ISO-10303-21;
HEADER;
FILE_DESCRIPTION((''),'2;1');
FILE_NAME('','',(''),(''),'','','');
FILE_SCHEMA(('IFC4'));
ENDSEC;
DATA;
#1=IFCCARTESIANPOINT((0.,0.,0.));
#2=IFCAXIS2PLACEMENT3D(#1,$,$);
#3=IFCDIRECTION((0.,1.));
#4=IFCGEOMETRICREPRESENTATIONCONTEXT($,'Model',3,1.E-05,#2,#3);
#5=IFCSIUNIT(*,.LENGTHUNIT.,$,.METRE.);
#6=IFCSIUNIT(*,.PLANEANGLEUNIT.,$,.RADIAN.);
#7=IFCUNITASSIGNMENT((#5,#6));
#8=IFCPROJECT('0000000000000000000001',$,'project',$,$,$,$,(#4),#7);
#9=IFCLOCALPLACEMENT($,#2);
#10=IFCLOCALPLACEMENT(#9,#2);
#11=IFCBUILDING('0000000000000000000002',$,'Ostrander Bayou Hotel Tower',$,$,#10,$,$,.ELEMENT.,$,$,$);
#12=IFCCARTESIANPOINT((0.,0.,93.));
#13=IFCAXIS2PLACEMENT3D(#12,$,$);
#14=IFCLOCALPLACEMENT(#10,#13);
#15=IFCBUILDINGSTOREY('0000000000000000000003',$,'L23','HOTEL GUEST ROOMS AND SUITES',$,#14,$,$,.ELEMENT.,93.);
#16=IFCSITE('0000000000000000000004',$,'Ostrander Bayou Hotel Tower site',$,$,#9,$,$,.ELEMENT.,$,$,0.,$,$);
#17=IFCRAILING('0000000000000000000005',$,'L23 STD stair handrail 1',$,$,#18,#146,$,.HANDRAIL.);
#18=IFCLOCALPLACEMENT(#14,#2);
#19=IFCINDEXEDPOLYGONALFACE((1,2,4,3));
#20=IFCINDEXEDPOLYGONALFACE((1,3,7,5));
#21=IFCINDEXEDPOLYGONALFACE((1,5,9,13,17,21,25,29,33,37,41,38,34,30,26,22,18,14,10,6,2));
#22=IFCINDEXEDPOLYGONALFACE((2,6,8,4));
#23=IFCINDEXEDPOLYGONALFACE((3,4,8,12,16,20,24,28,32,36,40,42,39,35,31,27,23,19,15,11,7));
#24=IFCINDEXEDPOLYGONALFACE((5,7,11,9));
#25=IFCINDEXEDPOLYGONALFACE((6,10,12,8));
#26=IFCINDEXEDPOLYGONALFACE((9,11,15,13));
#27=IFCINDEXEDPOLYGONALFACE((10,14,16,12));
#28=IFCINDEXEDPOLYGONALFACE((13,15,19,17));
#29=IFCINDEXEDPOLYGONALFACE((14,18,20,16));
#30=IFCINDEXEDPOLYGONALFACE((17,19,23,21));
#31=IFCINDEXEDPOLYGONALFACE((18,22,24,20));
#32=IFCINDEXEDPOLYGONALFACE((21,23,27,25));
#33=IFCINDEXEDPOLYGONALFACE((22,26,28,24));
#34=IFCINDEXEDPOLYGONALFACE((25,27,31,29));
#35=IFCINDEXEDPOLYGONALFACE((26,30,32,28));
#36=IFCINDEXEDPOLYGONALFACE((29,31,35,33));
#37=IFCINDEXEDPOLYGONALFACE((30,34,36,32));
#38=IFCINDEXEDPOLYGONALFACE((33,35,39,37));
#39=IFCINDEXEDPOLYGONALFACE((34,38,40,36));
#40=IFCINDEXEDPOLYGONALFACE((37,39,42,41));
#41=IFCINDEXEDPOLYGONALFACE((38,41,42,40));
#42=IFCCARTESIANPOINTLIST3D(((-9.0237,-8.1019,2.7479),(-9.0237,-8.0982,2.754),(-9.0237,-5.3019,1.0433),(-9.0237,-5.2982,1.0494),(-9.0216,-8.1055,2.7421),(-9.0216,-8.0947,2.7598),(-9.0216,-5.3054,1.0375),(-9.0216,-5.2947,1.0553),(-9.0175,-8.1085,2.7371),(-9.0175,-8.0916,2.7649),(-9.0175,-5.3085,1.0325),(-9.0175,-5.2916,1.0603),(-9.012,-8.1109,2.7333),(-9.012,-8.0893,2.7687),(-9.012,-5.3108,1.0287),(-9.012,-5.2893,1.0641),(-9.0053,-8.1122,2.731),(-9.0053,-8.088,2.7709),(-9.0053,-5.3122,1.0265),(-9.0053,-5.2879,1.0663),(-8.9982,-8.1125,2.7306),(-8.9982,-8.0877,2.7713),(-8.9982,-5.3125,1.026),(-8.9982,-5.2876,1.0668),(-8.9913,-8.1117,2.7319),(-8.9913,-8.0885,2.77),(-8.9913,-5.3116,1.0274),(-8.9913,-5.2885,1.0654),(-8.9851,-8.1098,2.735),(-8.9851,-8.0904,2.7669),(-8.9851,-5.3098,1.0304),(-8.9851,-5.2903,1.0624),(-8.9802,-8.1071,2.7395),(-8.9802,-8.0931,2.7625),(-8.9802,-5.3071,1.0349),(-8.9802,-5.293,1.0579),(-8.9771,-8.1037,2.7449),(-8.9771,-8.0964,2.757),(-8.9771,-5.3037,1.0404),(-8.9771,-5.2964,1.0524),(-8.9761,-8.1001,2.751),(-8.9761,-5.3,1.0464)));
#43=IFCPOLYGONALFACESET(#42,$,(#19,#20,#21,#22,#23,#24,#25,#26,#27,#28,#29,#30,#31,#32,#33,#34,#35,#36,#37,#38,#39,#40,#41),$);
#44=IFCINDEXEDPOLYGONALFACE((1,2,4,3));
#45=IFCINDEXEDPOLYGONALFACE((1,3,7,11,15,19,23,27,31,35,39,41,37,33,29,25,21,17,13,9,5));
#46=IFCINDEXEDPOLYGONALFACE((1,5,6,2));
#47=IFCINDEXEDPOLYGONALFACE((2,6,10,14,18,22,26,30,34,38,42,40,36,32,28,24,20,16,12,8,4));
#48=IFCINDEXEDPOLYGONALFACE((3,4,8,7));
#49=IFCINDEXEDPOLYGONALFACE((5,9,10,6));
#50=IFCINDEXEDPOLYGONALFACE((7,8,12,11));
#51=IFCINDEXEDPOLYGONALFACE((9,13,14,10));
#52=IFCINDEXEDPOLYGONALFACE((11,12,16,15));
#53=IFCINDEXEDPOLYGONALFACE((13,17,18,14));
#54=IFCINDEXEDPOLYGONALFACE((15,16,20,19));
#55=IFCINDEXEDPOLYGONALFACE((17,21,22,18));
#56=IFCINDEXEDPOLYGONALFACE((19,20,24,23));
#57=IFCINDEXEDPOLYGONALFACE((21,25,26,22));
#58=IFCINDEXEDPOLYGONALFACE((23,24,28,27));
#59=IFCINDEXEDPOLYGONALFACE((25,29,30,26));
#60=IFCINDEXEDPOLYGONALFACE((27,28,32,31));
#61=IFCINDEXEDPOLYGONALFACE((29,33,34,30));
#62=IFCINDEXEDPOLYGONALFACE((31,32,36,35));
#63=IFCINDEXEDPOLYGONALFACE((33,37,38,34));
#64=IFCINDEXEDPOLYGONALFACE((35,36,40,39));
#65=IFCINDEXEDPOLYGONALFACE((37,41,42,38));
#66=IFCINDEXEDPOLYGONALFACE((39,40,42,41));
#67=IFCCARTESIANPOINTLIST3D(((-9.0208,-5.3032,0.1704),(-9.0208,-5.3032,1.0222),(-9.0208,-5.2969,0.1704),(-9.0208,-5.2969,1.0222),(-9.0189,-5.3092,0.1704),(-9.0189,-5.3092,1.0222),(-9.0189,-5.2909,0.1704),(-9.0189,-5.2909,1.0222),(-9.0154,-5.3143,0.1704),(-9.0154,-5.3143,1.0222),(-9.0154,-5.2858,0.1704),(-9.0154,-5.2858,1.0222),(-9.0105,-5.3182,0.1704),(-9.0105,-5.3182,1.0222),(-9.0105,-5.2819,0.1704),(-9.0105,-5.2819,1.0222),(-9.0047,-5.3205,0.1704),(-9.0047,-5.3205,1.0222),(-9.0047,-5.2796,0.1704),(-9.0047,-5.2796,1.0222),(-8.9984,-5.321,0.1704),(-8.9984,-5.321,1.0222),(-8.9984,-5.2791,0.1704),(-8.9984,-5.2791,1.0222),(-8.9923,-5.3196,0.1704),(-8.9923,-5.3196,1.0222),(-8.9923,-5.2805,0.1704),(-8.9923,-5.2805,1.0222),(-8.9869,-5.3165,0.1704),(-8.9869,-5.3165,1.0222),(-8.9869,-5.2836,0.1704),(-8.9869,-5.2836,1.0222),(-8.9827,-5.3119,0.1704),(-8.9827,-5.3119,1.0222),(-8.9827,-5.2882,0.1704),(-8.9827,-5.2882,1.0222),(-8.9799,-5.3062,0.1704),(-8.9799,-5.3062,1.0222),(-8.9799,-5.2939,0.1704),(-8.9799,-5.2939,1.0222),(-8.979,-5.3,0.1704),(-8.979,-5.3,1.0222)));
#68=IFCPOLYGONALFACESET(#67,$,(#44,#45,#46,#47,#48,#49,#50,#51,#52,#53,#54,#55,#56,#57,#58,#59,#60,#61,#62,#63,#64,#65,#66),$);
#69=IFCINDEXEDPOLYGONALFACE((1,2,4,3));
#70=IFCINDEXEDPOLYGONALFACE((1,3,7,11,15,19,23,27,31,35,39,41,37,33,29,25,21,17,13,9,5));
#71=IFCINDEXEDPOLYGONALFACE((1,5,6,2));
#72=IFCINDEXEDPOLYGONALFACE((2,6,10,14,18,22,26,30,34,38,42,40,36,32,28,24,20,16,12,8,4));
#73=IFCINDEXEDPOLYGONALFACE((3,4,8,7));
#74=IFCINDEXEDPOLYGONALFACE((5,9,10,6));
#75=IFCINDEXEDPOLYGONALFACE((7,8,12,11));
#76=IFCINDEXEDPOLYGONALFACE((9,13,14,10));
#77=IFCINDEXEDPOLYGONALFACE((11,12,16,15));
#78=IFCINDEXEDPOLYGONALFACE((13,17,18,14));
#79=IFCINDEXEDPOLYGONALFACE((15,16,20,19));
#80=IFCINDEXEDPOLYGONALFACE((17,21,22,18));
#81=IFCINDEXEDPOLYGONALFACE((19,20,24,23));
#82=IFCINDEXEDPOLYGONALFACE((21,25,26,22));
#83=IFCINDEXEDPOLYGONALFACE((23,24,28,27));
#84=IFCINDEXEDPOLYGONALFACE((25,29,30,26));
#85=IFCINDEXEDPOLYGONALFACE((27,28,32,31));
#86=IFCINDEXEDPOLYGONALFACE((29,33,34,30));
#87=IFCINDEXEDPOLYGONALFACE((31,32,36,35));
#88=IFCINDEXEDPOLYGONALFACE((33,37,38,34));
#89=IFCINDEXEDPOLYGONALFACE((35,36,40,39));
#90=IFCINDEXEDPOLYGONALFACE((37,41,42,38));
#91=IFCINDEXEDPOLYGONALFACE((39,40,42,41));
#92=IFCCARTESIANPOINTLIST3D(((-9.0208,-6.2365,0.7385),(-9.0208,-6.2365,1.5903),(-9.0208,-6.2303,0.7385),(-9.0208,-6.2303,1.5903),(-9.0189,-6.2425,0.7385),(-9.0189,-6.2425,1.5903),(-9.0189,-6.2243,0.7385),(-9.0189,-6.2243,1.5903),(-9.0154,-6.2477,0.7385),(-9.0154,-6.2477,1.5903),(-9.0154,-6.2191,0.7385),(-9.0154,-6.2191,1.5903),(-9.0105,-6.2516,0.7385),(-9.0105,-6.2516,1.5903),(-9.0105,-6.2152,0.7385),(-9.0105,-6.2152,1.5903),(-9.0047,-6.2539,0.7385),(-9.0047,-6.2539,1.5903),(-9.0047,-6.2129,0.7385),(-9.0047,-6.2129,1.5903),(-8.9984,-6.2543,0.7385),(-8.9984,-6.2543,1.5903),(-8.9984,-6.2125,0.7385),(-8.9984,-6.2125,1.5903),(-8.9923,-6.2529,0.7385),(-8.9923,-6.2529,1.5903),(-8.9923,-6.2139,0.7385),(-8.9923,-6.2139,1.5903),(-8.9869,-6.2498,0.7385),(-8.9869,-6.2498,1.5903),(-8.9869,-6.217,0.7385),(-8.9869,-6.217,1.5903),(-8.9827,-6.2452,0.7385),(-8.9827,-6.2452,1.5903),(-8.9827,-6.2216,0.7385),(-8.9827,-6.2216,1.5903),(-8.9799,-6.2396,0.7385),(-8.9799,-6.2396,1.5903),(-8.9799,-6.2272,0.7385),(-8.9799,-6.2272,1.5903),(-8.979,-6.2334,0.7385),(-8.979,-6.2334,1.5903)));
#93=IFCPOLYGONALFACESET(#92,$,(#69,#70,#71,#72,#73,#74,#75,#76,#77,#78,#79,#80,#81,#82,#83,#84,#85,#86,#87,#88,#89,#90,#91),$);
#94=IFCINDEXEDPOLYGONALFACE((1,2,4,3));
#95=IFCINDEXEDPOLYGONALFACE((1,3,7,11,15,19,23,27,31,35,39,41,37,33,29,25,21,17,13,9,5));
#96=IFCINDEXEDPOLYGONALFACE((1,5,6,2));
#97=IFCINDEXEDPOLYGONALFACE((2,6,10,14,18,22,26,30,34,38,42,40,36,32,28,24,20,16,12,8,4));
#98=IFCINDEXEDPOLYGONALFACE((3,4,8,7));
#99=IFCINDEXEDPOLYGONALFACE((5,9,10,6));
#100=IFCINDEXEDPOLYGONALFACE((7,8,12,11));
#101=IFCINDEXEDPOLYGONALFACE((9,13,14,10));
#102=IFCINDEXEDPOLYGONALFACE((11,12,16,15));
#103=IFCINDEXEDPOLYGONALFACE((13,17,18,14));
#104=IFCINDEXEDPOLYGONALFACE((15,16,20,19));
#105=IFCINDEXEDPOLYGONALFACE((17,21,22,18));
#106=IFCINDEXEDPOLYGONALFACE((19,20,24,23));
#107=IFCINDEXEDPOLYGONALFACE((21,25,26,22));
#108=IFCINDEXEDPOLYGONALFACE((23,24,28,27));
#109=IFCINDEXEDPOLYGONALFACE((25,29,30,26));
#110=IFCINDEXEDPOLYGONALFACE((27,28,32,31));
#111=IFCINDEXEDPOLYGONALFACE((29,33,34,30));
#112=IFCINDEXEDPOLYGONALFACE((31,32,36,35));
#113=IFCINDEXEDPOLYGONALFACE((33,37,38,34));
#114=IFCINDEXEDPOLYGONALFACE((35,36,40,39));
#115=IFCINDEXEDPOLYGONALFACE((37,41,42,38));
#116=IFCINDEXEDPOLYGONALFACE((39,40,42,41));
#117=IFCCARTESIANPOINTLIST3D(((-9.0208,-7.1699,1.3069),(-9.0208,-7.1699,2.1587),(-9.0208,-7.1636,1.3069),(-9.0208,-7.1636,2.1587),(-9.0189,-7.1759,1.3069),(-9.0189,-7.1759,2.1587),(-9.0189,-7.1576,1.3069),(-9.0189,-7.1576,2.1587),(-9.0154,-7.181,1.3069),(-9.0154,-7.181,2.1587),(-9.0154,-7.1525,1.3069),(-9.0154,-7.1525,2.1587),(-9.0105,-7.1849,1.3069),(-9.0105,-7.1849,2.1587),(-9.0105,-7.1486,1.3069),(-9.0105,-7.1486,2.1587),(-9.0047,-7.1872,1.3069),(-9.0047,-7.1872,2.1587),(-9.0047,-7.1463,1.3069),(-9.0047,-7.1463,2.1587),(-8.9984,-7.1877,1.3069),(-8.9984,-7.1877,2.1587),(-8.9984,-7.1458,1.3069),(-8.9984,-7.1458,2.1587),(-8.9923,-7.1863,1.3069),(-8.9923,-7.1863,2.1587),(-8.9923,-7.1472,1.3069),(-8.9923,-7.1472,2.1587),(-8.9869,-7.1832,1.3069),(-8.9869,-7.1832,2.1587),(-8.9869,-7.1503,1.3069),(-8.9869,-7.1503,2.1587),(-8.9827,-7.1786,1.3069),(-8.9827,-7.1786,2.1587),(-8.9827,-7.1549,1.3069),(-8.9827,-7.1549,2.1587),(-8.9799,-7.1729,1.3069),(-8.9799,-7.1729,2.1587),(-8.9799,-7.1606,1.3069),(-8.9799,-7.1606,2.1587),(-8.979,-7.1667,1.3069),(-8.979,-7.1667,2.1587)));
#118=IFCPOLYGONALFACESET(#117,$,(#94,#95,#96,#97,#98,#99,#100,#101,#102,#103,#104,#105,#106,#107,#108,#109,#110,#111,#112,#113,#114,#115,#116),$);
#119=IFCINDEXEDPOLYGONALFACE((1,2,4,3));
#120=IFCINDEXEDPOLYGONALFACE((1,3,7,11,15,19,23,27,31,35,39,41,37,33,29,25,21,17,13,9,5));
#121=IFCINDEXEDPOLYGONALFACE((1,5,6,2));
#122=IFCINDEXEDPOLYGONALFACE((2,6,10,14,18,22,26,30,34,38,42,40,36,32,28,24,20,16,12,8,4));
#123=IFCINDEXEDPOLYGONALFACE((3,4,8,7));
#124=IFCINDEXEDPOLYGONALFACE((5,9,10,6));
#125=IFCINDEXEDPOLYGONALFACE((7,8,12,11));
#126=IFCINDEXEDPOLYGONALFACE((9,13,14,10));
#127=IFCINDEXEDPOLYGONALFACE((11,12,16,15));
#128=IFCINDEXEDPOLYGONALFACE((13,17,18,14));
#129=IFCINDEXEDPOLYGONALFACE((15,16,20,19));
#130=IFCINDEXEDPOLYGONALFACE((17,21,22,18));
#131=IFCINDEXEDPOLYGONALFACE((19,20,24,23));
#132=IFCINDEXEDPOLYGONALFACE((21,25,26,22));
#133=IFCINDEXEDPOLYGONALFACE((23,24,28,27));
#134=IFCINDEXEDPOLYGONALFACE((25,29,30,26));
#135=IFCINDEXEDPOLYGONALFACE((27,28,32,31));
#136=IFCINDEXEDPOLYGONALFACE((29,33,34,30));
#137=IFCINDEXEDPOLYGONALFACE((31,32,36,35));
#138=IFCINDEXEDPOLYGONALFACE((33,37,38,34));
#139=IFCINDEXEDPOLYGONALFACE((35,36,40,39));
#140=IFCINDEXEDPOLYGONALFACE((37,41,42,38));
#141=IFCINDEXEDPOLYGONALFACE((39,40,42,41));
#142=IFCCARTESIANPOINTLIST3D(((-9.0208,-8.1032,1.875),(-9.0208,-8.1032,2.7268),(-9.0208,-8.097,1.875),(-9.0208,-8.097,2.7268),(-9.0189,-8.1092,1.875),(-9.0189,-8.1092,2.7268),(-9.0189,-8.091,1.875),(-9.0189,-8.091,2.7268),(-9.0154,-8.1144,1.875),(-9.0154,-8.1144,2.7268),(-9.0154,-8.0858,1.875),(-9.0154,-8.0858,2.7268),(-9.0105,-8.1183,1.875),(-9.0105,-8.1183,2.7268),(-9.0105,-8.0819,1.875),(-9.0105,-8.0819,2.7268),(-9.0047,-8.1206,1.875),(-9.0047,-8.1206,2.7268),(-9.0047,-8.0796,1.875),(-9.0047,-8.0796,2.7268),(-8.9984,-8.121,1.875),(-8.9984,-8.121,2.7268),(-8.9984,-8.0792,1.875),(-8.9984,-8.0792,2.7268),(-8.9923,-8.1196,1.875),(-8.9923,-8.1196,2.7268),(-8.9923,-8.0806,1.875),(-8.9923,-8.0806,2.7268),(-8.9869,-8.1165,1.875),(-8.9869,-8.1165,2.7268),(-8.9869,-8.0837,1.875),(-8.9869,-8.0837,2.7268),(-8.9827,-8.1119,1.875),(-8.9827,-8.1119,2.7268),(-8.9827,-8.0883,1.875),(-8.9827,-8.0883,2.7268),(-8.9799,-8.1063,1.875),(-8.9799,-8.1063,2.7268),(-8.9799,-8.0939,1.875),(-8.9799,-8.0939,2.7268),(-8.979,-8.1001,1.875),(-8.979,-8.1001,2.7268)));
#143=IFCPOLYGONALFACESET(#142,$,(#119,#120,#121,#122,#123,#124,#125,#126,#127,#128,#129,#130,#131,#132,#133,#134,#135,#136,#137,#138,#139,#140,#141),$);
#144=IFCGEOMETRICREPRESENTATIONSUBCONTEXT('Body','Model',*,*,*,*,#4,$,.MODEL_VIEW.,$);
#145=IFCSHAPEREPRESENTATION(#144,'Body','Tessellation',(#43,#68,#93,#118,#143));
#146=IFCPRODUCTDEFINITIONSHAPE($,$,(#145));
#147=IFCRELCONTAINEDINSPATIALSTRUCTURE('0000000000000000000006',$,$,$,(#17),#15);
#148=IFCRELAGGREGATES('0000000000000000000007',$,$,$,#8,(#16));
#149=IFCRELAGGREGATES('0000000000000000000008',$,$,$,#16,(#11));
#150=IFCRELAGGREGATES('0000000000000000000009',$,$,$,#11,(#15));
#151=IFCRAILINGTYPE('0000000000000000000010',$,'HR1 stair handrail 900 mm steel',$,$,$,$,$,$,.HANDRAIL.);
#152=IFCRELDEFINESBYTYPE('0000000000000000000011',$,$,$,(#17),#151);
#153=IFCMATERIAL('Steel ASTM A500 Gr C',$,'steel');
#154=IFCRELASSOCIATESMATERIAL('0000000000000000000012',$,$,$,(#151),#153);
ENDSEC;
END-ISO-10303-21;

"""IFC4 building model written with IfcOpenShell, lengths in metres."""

from ifc_helpers import new_model, si_unit, direction, frame, origin, origin_2d, place, context, subcontext, project, spatial, circle, extrude, material, type_object, element, save


model = new_model("IFC4")

# Units and contexts
model_context = context("Model", 3, precision=1e-05, world=origin(), true_north=direction((0.0, 1.0)))
body_context = subcontext(model_context, "Body", "Model", "MODEL_VIEW")
ifc_project = project(units=[si_unit("LENGTHUNIT", "METRE"), si_unit("PLANEANGLEUNIT", "RADIAN")], contexts=[model_context])

# Site, building, storey
site_placement = place(None, origin())
site = spatial("IfcSite", under=ifc_project, at=site_placement, Name="Ostrander Bayou Hotel Tower site", CompositionType="ELEMENT", RefElevation=0.0)
building_placement = place(site_placement, origin())
building = spatial("IfcBuilding", under=site, at=building_placement, Name="Ostrander Bayou Hotel Tower", CompositionType="ELEMENT")
storey_placement = place(building_placement, frame((0.0, 0.0, 93.0)))
storey = spatial("IfcBuildingStorey", under=building, at=storey_placement, Name="L23", Description="HOTEL GUEST ROOMS AND SUITES", CompositionType="ELEMENT", Elevation=93.0)

# Railing
ifc_material_1 = material(Name="Steel ASTM A500 Gr C", Category="steel")
railing_type_1 = type_object("IfcRailingType", Name="HR1 stair handrail 900 mm steel", PredefinedType="HANDRAIL", material=ifc_material_1)
railing_1_placement = place(storey_placement, frame((-9.0, -5.3, 0.1704)))
element("IfcRailing", 1, at=railing_1_placement, inside=storey, type_object=railing_type_1, Name="L23 STD stair handrail 1", PredefinedType="HANDRAIL", context=body_context, shape_type="SweptSolid", body=[
    extrude(circle(Radius=0.0239, at=origin_2d()), frame((0.0, 0.0, 0.876), z_axis=(0.0, -0.85417, 0.519994), x_axis=(1.0, 0.0, 0.0)), (0.0, 0.0, 1.0), 3.2781),
    extrude(circle(Radius=0.021, at=origin_2d()), origin(), (0.0, 0.0, 1.0), 0.8518),
    extrude(circle(Radius=0.021, at=origin_2d()), frame((0.0, -0.9333, 0.5681)), (0.0, 0.0, 1.0), 0.8518),
    extrude(circle(Radius=0.021, at=origin_2d()), frame((0.0, -1.8667, 1.1365)), (0.0, 0.0, 1.0), 0.8518),
    extrude(circle(Radius=0.021, at=origin_2d()), frame((0.0, -2.8, 1.7046)), (0.0, 0.0, 1.0), 0.8518),
])

save(model, "model.ifc")
